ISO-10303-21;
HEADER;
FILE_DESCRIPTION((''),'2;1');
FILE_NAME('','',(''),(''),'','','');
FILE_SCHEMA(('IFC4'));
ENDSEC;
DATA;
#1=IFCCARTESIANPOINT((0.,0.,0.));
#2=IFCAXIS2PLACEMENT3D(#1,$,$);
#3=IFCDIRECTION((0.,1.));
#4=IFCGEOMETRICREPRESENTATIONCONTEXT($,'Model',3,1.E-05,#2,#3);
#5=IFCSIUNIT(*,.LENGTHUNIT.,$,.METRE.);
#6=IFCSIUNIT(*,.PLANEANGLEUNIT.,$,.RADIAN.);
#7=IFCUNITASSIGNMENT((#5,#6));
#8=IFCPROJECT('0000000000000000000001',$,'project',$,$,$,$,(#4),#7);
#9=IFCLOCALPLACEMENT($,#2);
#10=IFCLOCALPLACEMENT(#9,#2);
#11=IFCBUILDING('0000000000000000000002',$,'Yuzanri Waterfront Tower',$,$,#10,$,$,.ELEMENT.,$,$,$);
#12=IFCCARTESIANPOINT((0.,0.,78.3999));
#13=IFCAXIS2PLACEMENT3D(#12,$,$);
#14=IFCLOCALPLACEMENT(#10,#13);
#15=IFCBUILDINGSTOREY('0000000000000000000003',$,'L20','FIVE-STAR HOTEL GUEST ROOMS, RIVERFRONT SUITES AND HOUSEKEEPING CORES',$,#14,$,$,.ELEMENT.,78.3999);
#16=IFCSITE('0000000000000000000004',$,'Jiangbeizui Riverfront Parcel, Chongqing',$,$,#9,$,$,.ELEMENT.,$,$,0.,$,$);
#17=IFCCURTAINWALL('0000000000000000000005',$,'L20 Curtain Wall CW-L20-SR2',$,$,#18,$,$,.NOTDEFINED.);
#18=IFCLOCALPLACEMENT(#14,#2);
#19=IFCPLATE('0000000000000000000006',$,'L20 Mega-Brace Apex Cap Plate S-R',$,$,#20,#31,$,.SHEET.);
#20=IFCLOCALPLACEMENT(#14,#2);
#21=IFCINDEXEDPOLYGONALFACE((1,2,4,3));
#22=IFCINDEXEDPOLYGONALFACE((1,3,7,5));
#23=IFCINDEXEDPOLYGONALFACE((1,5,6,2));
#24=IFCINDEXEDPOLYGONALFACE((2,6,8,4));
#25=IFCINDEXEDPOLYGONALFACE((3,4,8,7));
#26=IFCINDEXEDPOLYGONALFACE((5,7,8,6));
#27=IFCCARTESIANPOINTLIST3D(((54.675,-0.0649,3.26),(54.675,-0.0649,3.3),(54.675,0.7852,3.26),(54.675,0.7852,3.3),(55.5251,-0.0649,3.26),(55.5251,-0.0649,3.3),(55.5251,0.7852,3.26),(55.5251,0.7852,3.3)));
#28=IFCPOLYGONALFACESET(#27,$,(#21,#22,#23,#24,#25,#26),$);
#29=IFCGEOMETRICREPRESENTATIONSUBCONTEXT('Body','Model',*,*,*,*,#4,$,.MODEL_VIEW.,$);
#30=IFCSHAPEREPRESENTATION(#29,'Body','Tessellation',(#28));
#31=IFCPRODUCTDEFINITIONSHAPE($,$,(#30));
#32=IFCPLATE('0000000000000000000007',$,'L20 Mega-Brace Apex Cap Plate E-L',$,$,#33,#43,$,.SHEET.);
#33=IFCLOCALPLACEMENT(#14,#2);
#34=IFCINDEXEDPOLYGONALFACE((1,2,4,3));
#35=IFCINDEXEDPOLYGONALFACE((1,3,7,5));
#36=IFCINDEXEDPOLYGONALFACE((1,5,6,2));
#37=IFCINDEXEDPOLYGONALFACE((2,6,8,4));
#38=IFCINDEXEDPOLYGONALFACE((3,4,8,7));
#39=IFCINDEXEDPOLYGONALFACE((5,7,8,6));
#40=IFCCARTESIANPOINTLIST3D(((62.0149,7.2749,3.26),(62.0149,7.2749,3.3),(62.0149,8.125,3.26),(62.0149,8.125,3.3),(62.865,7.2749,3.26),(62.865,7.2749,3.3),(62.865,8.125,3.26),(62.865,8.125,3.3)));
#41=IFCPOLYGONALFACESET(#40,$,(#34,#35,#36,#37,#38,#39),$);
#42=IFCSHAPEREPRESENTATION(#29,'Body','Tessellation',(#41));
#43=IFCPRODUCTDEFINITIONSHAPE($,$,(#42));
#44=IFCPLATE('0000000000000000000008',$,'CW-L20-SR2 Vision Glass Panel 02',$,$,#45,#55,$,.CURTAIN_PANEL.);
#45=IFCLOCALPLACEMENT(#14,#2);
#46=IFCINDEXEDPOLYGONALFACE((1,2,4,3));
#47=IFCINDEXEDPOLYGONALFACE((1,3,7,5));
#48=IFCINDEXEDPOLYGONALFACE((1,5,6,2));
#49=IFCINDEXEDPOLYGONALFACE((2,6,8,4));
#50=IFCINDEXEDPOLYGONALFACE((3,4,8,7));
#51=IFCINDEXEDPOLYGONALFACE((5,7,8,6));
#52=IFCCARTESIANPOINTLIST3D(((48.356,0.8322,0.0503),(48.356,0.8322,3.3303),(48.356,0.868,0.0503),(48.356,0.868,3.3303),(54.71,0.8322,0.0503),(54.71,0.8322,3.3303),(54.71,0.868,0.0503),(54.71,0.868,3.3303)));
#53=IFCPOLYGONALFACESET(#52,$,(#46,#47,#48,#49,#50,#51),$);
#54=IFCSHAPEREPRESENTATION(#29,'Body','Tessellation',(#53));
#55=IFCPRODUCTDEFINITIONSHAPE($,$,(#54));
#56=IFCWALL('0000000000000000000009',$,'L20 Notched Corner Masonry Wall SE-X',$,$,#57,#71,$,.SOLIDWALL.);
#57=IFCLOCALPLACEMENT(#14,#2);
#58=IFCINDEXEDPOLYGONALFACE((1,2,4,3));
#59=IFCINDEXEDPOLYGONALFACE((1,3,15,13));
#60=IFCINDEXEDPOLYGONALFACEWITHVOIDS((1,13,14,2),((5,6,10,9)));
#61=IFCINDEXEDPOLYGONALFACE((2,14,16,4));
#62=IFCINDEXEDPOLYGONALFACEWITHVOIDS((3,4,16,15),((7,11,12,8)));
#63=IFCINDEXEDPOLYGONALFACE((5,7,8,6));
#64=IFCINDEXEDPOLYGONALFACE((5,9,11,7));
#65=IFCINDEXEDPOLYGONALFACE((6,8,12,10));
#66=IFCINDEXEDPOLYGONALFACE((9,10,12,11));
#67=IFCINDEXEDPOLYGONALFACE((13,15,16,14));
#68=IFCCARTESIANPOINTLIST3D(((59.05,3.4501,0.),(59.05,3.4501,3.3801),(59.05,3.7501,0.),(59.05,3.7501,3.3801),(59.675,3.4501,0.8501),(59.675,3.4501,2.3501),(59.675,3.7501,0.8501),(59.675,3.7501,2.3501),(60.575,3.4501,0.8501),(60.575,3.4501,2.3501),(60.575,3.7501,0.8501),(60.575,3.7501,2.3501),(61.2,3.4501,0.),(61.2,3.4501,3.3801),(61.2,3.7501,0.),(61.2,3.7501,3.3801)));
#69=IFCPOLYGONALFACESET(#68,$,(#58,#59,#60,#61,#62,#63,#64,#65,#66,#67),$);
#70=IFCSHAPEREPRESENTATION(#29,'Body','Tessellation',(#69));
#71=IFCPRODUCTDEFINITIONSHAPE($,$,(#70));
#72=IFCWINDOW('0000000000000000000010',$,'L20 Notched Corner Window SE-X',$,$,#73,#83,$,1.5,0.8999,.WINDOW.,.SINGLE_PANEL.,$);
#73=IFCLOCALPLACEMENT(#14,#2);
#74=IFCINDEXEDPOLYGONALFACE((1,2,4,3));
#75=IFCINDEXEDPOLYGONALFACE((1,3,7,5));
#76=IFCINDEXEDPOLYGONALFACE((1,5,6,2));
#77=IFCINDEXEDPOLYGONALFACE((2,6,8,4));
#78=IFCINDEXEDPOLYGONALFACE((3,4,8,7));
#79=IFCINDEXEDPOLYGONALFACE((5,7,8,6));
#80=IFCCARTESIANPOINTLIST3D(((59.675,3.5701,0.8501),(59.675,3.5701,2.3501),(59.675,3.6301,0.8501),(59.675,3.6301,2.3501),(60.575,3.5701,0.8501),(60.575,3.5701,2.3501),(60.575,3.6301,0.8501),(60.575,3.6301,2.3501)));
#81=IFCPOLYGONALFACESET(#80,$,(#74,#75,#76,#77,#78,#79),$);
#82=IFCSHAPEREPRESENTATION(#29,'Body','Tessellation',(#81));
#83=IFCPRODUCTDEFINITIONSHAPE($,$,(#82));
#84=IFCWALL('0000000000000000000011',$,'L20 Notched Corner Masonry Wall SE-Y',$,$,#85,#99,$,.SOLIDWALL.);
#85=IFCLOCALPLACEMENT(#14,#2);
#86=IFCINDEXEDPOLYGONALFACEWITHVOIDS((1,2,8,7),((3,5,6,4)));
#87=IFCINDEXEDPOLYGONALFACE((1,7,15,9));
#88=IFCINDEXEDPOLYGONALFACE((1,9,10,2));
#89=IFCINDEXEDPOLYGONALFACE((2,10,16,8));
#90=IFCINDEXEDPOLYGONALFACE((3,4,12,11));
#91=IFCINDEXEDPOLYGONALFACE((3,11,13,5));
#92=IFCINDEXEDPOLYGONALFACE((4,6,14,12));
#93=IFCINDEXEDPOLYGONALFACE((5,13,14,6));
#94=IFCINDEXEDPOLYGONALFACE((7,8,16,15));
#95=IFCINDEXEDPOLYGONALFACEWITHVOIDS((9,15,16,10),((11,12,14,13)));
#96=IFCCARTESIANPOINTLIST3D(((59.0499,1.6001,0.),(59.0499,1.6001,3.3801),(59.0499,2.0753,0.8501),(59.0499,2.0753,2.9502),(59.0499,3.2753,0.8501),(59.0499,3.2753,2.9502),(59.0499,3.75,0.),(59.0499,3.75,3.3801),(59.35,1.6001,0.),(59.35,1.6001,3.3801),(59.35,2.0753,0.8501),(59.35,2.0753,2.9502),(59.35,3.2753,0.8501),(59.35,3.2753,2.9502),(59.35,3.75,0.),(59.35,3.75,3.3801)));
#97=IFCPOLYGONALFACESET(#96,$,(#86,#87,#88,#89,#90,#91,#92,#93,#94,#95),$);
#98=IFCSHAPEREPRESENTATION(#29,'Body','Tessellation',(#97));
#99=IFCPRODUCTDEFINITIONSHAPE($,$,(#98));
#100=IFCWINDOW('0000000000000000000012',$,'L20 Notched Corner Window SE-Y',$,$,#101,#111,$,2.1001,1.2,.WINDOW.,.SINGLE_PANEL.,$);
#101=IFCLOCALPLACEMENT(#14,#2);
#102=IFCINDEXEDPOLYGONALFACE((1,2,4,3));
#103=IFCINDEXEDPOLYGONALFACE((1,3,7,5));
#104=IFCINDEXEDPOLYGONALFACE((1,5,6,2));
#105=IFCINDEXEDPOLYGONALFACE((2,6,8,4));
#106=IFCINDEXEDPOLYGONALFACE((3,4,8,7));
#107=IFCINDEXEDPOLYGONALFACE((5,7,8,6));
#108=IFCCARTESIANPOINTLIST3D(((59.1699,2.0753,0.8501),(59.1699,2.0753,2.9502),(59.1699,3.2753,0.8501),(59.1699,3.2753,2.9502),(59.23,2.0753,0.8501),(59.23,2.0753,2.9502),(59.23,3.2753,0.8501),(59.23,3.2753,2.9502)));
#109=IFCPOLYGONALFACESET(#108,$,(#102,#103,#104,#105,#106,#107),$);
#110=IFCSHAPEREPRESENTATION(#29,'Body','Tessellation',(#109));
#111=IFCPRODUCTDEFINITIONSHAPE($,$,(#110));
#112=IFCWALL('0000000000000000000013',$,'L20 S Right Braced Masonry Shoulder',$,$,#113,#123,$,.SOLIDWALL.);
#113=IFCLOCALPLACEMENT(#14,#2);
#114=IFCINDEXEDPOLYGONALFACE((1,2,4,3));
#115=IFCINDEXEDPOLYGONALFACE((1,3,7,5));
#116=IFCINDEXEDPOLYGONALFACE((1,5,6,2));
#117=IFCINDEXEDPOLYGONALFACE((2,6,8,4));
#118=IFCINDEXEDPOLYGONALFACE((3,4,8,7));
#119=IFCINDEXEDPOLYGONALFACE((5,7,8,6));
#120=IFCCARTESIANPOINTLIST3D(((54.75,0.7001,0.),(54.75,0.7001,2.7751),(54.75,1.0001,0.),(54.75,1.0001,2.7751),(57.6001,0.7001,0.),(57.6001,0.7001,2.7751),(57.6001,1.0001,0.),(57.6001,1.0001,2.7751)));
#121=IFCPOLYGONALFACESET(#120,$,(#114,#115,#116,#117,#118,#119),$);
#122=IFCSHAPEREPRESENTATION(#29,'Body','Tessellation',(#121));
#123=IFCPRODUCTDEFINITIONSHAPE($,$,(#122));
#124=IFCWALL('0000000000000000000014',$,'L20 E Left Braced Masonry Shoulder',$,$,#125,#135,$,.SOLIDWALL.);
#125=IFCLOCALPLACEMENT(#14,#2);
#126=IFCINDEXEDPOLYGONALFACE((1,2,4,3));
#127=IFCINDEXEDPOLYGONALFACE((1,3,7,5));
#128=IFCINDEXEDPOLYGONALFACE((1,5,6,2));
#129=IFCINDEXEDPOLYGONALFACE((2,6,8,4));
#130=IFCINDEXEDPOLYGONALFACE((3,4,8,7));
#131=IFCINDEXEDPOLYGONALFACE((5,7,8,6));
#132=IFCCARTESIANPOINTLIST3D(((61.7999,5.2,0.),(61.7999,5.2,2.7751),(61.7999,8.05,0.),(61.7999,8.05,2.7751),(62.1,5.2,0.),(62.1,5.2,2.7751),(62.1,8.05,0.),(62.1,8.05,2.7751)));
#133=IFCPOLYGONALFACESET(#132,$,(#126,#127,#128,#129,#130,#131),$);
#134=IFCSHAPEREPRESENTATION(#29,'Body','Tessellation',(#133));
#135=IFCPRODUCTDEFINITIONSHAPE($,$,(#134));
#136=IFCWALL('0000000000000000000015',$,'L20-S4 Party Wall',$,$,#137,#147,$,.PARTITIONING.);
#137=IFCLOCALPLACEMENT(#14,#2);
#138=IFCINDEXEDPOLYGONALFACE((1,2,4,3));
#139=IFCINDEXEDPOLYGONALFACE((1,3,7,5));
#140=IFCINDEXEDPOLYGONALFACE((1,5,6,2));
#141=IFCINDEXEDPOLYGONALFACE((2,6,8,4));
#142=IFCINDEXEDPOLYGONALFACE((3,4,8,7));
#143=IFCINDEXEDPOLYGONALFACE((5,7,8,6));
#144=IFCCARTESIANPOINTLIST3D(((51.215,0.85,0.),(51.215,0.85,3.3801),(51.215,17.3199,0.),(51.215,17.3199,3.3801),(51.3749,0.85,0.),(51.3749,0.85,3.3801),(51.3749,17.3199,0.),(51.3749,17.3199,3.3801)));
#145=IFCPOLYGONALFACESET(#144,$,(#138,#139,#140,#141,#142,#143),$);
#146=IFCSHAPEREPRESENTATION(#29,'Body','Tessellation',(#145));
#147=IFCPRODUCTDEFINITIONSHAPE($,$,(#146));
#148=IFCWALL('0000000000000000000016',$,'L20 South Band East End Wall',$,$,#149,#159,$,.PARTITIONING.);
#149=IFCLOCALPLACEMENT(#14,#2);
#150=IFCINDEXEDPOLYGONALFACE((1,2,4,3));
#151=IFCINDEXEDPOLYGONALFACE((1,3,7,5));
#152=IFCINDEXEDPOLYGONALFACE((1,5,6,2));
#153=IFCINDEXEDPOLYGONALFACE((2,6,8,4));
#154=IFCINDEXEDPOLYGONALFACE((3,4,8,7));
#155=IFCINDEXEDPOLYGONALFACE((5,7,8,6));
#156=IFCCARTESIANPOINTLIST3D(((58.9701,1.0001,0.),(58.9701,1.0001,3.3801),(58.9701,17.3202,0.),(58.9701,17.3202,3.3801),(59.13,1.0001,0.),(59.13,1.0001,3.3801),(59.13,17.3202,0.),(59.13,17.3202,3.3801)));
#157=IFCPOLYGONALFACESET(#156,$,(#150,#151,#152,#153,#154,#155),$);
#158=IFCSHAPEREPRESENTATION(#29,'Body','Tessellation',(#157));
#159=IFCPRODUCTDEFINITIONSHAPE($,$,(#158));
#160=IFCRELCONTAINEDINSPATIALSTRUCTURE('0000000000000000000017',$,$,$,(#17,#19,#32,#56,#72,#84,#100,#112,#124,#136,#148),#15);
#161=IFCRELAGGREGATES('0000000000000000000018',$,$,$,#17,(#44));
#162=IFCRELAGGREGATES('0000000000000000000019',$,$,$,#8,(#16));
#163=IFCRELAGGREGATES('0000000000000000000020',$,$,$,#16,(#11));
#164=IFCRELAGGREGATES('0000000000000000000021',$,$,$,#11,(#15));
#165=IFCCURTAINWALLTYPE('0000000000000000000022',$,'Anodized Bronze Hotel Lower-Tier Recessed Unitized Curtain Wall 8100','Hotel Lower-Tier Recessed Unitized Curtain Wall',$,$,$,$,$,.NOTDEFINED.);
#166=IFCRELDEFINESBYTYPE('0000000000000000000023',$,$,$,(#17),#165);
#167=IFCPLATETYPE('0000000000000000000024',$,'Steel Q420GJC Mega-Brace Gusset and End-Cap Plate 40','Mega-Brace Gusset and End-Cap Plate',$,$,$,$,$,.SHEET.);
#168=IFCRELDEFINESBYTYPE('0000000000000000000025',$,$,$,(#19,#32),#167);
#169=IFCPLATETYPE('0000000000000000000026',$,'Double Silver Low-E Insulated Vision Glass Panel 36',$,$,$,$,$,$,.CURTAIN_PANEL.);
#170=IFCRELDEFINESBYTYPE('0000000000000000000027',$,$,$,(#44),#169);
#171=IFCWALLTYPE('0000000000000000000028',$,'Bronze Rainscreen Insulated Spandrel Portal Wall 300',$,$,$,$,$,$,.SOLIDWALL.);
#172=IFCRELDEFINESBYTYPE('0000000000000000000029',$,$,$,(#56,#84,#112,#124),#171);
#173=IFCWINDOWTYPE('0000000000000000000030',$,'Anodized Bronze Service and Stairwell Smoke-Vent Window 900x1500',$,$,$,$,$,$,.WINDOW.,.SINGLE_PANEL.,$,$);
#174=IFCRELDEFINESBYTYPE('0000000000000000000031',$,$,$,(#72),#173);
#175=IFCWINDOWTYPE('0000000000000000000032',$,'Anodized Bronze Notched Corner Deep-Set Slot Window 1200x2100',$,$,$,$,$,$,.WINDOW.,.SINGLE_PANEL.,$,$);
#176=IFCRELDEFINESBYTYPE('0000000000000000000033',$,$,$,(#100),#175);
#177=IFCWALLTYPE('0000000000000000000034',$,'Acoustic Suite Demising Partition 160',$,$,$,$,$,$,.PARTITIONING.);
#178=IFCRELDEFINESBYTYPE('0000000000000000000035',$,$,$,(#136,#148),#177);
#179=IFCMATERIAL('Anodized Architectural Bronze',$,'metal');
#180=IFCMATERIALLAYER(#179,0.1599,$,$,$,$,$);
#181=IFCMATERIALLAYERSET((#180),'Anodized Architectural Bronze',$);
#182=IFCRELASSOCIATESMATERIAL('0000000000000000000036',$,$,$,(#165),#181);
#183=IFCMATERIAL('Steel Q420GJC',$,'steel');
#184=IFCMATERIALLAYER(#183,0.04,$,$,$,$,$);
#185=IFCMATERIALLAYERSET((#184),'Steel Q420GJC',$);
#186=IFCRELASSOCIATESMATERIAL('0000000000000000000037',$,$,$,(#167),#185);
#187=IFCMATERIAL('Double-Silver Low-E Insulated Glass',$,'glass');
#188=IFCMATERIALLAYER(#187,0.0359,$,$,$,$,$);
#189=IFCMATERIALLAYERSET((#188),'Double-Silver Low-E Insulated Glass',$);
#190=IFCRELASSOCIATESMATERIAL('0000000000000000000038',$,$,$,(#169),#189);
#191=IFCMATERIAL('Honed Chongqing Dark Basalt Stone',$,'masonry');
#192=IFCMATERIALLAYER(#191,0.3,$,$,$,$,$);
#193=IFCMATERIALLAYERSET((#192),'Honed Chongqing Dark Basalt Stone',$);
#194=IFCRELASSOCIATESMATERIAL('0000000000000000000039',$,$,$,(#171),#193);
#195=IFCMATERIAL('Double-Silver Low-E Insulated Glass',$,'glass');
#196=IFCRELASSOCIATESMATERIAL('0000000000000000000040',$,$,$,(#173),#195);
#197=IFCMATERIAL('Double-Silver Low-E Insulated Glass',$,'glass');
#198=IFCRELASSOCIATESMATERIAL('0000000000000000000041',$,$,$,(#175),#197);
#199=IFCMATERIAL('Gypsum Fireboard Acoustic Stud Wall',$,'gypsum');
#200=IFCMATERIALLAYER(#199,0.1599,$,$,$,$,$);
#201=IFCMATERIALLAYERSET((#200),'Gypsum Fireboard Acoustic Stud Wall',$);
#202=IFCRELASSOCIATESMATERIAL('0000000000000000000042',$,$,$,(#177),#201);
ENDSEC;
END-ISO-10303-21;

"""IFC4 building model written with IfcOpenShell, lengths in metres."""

from ifc_helpers import new_model, si_unit, direction, frame, frame_2d, origin, origin_2d, place, context, subcontext, project, spatial, rectangle, extrude, source, transform, mapped, material, layer, layer_set, type_object, element, fill, aggregate, save


model = new_model("IFC4")

# Units and contexts
model_context = context("Model", 3, precision=1e-05, world=origin(), true_north=direction((0.0, 1.0)))
body_context = subcontext(model_context, "Body", "Model", "MODEL_VIEW")
ifc_project = project(units=[si_unit("LENGTHUNIT", "METRE"), si_unit("PLANEANGLEUNIT", "RADIAN")], contexts=[model_context])

# Site, building, storey
site_placement = place(None, origin())
site = spatial("IfcSite", under=ifc_project, at=site_placement, Name="Jiangbeizui Riverfront Parcel, Chongqing", CompositionType="ELEMENT", RefElevation=0.0)
building_placement = place(site_placement, origin())
building = spatial("IfcBuilding", under=site, at=building_placement, Name="Yuzanri Waterfront Tower", CompositionType="ELEMENT")
storey_placement = place(building_placement, frame((0.0, 0.0, 78.3999)))
storey = spatial("IfcBuildingStorey", under=building, at=storey_placement, Name="L20", Description="FIVE-STAR HOTEL GUEST ROOMS, RIVERFRONT SUITES AND HOUSEKEEPING CORES", CompositionType="ELEMENT", Elevation=78.3999)

# Curtain wall
ifc_material_1 = material(Name="Anodized Architectural Bronze", Category="metal")
ifc_layer_1 = layer(ifc_material_1, 0.1599)
ifc_layer_set_1 = layer_set([ifc_layer_1], Name="Anodized Architectural Bronze")
curtain_wall_type = type_object("IfcCurtainWallType", Name="Anodized Bronze Hotel Lower-Tier Recessed Unitized Curtain Wall 8100", Description="Hotel Lower-Tier Recessed Unitized Curtain Wall", PredefinedType="NOTDEFINED", material=ifc_layer_set_1)
curtain_wall_1_placement = place(storey_placement, origin())
curtain_wall_1 = element("IfcCurtainWall", 1, at=curtain_wall_1_placement, inside=storey, type_object=curtain_wall_type, Name="L20 Curtain Wall CW-L20-SR2", PredefinedType="NOTDEFINED")

# Plates
ifc_material_2 = material(Name="Steel Q420GJC", Category="steel")
ifc_layer_2 = layer(ifc_material_2, 0.04)
ifc_layer_set_2 = layer_set([ifc_layer_2], Name="Steel Q420GJC")
plate_type_1 = type_object("IfcPlateType", Name="Steel Q420GJC Mega-Brace Gusset and End-Cap Plate 40", Description="Mega-Brace Gusset and End-Cap Plate", PredefinedType="SHEET", material=ifc_layer_set_2)
shared_shape_1 = source(origin(), body_context, "Body", "SweptSolid", [
    extrude(rectangle(XDim=0.8501, YDim=0.8501, at=origin_2d()), origin(), (0.0, 0.0, 1.0), 0.04),
])
for number, where, z_axis, x_axis, name in (
    (2, (55.1001, 0.3601, 3.26), (0.0, 0.0, 1.0), (1.0, 0.0, 0.0), "L20 Mega-Brace Apex Cap Plate S-R"),
    (3, (62.4399, 7.7, 3.26), (0.0, 0.0, 1.0), (1.0, 0.0, 0.0), "L20 Mega-Brace Apex Cap Plate E-L"),
):
    element("IfcPlate", number, at=place(storey_placement, frame(where, z_axis=z_axis, x_axis=x_axis)), inside=storey, type_object=plate_type_1, Name=name, PredefinedType="SHEET", context=body_context, shape_type="MappedRepresentation", body=[
        mapped(shared_shape_1, transform((0.0, 0.0, 0.0), scale=1.0)),
    ])

# Plate
ifc_material_3 = material(Name="Double-Silver Low-E Insulated Glass", Category="glass")
ifc_layer_3 = layer(ifc_material_3, 0.0359)
ifc_layer_set_3 = layer_set([ifc_layer_3], Name="Double-Silver Low-E Insulated Glass")
plate_type_2 = type_object("IfcPlateType", Name="Double Silver Low-E Insulated Vision Glass Panel 36", PredefinedType="CURTAIN_PANEL", material=ifc_layer_set_3)
shared_shape_2 = source(origin(), body_context, "Body", "SweptSolid", [
    extrude(rectangle(XDim=6.354, YDim=0.0359, at=origin_2d()), origin(), (0.0, 0.0, 1.0), 3.28),
])
plate_placement = place(storey_placement, frame((51.533, 0.8501, 0.0503), z_axis=(0.0, 0.0, 1.0), x_axis=(1.0, 0.0, 0.0)))
plate = element("IfcPlate", 4, at=plate_placement, type_object=plate_type_2, Name="CW-L20-SR2 Vision Glass Panel 02", PredefinedType="CURTAIN_PANEL", context=body_context, shape_type="MappedRepresentation", body=[
    mapped(shared_shape_2, transform((0.0, 0.0, 0.0), scale=1.0)),
])
aggregate(curtain_wall_1, [plate])

# Walls, openings, windows
ifc_material_4 = material(Name="Honed Chongqing Dark Basalt Stone", Category="masonry")
ifc_layer_4 = layer(ifc_material_4, 0.3)
ifc_layer_set_4 = layer_set([ifc_layer_4], Name="Honed Chongqing Dark Basalt Stone")
wall_type_1 = type_object("IfcWallType", Name="Bronze Rainscreen Insulated Spandrel Portal Wall 300", PredefinedType="SOLIDWALL", material=ifc_layer_set_4)
wall_1_placement = place(storey_placement, frame((59.05, 3.6001, 0.0), z_axis=(0.0, 0.0, 1.0), x_axis=(1.0, 0.0, 0.0)))
wall_1 = element("IfcWall", 5, at=wall_1_placement, inside=storey, type_object=wall_type_1, Name="L20 Notched Corner Masonry Wall SE-X", PredefinedType="SOLIDWALL", context=body_context, shape_type="SweptSolid", body=[
    extrude(rectangle(XDim=2.1499, YDim=0.3, at=frame_2d((1.075, 0.0))), origin(), (0.0, 0.0, 1.0), 3.3801),
])
opening_1_placement = place(wall_1_placement, frame((0.625, 0.0, 0.8501)))
opening_1 = element("IfcOpeningElement", 6, at=opening_1_placement, cuts=wall_1, PredefinedType="OPENING", context=body_context, shape_type="SweptSolid", body=[
    extrude(rectangle(XDim=0.8999, YDim=1.5, at=frame_2d((0.45, 0.75))), frame((0.0, 0.165, 0.0), z_axis=(0.0, -1.0, 0.0), x_axis=(1.0, 0.0, 0.0)), (0.0, 0.0, 1.0), 0.3298),
])
ifc_material_5 = material(Name="Double-Silver Low-E Insulated Glass", Category="glass")
window_type_1 = type_object("IfcWindowType", Name="Anodized Bronze Service and Stairwell Smoke-Vent Window 900x1500", PartitioningType="SINGLE_PANEL", PredefinedType="WINDOW", material=ifc_material_5)
shared_shape_3 = source(origin(), body_context, "Body", "SweptSolid", [
    extrude(rectangle(XDim=0.8999, YDim=1.5, at=frame_2d((0.45, 0.75))), frame((0.0, 0.03, 0.0), z_axis=(0.0, -1.0, 0.0), x_axis=(1.0, 0.0, 0.0)), (0.0, 0.0, 1.0), 0.0601),
])
window_1_placement = place(opening_1_placement, origin())
window_1 = element("IfcWindow", 7, at=window_1_placement, inside=storey, type_object=window_type_1, Name="L20 Notched Corner Window SE-X", OverallHeight=1.5, OverallWidth=0.8999, PartitioningType="SINGLE_PANEL", PredefinedType="WINDOW", context=body_context, shape_type="MappedRepresentation", body=[
    mapped(shared_shape_3, transform((0.0, 0.0, 0.0), scale=1.0)),
])
fill(opening_1, window_1)
wall_2_placement = place(storey_placement, frame((59.2, 1.6001, 0.0), z_axis=(0.0, 0.0, 1.0), x_axis=(0.0, 1.0, 0.0)))
wall_2 = element("IfcWall", 8, at=wall_2_placement, inside=storey, type_object=wall_type_1, Name="L20 Notched Corner Masonry Wall SE-Y", PredefinedType="SOLIDWALL", context=body_context, shape_type="SweptSolid", body=[
    extrude(rectangle(XDim=2.1499, YDim=0.3, at=frame_2d((1.075, 0.0))), origin(), (0.0, 0.0, 1.0), 3.3801),
])
opening_2_placement = place(wall_2_placement, frame((0.4751, 0.0, 0.8501)))
opening_2 = element("IfcOpeningElement", 9, at=opening_2_placement, cuts=wall_2, PredefinedType="OPENING", context=body_context, shape_type="SweptSolid", body=[
    extrude(rectangle(XDim=1.2, YDim=2.1001, at=frame_2d((0.6001, 1.05))), frame((0.0, 0.165, 0.0), z_axis=(0.0, -1.0, 0.0), x_axis=(1.0, 0.0, 0.0)), (0.0, 0.0, 1.0), 0.3298),
])
ifc_material_6 = material(Name="Double-Silver Low-E Insulated Glass", Category="glass")
window_type_2 = type_object("IfcWindowType", Name="Anodized Bronze Notched Corner Deep-Set Slot Window 1200x2100", PartitioningType="SINGLE_PANEL", PredefinedType="WINDOW", material=ifc_material_6)
shared_shape_4 = source(origin(), body_context, "Body", "SweptSolid", [
    extrude(rectangle(XDim=1.2, YDim=2.1001, at=frame_2d((0.6001, 1.05))), frame((0.0, 0.03, 0.0), z_axis=(0.0, -1.0, 0.0), x_axis=(1.0, 0.0, 0.0)), (0.0, 0.0, 1.0), 0.0601),
])
window_2_placement = place(opening_2_placement, origin())
window_2 = element("IfcWindow", 10, at=window_2_placement, inside=storey, type_object=window_type_2, Name="L20 Notched Corner Window SE-Y", OverallHeight=2.1001, OverallWidth=1.2, PartitioningType="SINGLE_PANEL", PredefinedType="WINDOW", context=body_context, shape_type="MappedRepresentation", body=[
    mapped(shared_shape_4, transform((0.0, 0.0, 0.0), scale=1.0)),
])
fill(opening_2, window_2)

# Walls
shared_shape_5 = source(origin(), body_context, "Body", "SweptSolid", [
    extrude(rectangle(XDim=2.8501, YDim=0.3, at=frame_2d((1.425, 0.0))), origin(), (0.0, 0.0, 1.0), 2.7751),
])
for number, where, z_axis, x_axis, name in (
    (11, (54.75, 0.8501, 0.0), (0.0, 0.0, 1.0), (1.0, 0.0, 0.0), "L20 S Right Braced Masonry Shoulder"),
    (12, (61.95, 5.2, 0.0), (0.0, 0.0, 1.0), (0.0, 1.0, 0.0), "L20 E Left Braced Masonry Shoulder"),
):
    element("IfcWall", number, at=place(storey_placement, frame(where, z_axis=z_axis, x_axis=x_axis)), inside=storey, type_object=wall_type_1, Name=name, PredefinedType="SOLIDWALL", context=body_context, shape_type="MappedRepresentation", body=[
        mapped(shared_shape_5, transform((0.0, 0.0, 0.0), scale=1.0)),
    ])
ifc_material_7 = material(Name="Gypsum Fireboard Acoustic Stud Wall", Category="gypsum")
ifc_layer_5 = layer(ifc_material_7, 0.1599)
ifc_layer_set_5 = layer_set([ifc_layer_5], Name="Gypsum Fireboard Acoustic Stud Wall")
wall_type_2 = type_object("IfcWallType", Name="Acoustic Suite Demising Partition 160", PredefinedType="PARTITIONING", material=ifc_layer_set_5)
shared_shape_6 = source(origin(), body_context, "Body", "SweptSolid", [
    extrude(rectangle(XDim=16.47, YDim=0.1599, at=frame_2d((8.2349, 0.0))), origin(), (0.0, 0.0, 1.0), 3.3801),
])
wall_3_placement = place(storey_placement, frame((51.2949, 0.8501, 0.0), z_axis=(0.0, 0.0, 1.0), x_axis=(0.0, 1.0, 0.0)))
element("IfcWall", 13, at=wall_3_placement, inside=storey, type_object=wall_type_2, Name="L20-S4 Party Wall", PredefinedType="PARTITIONING", context=body_context, shape_type="MappedRepresentation", body=[
    mapped(shared_shape_6, transform((0.0, 0.0, 0.0), scale=1.0)),
])
shared_shape_7 = source(origin(), body_context, "Body", "SweptSolid", [
    extrude(rectangle(XDim=16.3201, YDim=0.1599, at=frame_2d((8.1602, 0.0))), origin(), (0.0, 0.0, 1.0), 3.3801),
])
wall_4_placement = place(storey_placement, frame((59.05, 1.0, 0.0), z_axis=(0.0, 0.0, 1.0), x_axis=(0.0, 1.0, 0.0)))
element("IfcWall", 14, at=wall_4_placement, inside=storey, type_object=wall_type_2, Name="L20 South Band East End Wall", PredefinedType="PARTITIONING", context=body_context, shape_type="MappedRepresentation", body=[
    mapped(shared_shape_7, transform((0.0, 0.0, 0.0), scale=1.0)),
])

save(model, "model.ifc")
